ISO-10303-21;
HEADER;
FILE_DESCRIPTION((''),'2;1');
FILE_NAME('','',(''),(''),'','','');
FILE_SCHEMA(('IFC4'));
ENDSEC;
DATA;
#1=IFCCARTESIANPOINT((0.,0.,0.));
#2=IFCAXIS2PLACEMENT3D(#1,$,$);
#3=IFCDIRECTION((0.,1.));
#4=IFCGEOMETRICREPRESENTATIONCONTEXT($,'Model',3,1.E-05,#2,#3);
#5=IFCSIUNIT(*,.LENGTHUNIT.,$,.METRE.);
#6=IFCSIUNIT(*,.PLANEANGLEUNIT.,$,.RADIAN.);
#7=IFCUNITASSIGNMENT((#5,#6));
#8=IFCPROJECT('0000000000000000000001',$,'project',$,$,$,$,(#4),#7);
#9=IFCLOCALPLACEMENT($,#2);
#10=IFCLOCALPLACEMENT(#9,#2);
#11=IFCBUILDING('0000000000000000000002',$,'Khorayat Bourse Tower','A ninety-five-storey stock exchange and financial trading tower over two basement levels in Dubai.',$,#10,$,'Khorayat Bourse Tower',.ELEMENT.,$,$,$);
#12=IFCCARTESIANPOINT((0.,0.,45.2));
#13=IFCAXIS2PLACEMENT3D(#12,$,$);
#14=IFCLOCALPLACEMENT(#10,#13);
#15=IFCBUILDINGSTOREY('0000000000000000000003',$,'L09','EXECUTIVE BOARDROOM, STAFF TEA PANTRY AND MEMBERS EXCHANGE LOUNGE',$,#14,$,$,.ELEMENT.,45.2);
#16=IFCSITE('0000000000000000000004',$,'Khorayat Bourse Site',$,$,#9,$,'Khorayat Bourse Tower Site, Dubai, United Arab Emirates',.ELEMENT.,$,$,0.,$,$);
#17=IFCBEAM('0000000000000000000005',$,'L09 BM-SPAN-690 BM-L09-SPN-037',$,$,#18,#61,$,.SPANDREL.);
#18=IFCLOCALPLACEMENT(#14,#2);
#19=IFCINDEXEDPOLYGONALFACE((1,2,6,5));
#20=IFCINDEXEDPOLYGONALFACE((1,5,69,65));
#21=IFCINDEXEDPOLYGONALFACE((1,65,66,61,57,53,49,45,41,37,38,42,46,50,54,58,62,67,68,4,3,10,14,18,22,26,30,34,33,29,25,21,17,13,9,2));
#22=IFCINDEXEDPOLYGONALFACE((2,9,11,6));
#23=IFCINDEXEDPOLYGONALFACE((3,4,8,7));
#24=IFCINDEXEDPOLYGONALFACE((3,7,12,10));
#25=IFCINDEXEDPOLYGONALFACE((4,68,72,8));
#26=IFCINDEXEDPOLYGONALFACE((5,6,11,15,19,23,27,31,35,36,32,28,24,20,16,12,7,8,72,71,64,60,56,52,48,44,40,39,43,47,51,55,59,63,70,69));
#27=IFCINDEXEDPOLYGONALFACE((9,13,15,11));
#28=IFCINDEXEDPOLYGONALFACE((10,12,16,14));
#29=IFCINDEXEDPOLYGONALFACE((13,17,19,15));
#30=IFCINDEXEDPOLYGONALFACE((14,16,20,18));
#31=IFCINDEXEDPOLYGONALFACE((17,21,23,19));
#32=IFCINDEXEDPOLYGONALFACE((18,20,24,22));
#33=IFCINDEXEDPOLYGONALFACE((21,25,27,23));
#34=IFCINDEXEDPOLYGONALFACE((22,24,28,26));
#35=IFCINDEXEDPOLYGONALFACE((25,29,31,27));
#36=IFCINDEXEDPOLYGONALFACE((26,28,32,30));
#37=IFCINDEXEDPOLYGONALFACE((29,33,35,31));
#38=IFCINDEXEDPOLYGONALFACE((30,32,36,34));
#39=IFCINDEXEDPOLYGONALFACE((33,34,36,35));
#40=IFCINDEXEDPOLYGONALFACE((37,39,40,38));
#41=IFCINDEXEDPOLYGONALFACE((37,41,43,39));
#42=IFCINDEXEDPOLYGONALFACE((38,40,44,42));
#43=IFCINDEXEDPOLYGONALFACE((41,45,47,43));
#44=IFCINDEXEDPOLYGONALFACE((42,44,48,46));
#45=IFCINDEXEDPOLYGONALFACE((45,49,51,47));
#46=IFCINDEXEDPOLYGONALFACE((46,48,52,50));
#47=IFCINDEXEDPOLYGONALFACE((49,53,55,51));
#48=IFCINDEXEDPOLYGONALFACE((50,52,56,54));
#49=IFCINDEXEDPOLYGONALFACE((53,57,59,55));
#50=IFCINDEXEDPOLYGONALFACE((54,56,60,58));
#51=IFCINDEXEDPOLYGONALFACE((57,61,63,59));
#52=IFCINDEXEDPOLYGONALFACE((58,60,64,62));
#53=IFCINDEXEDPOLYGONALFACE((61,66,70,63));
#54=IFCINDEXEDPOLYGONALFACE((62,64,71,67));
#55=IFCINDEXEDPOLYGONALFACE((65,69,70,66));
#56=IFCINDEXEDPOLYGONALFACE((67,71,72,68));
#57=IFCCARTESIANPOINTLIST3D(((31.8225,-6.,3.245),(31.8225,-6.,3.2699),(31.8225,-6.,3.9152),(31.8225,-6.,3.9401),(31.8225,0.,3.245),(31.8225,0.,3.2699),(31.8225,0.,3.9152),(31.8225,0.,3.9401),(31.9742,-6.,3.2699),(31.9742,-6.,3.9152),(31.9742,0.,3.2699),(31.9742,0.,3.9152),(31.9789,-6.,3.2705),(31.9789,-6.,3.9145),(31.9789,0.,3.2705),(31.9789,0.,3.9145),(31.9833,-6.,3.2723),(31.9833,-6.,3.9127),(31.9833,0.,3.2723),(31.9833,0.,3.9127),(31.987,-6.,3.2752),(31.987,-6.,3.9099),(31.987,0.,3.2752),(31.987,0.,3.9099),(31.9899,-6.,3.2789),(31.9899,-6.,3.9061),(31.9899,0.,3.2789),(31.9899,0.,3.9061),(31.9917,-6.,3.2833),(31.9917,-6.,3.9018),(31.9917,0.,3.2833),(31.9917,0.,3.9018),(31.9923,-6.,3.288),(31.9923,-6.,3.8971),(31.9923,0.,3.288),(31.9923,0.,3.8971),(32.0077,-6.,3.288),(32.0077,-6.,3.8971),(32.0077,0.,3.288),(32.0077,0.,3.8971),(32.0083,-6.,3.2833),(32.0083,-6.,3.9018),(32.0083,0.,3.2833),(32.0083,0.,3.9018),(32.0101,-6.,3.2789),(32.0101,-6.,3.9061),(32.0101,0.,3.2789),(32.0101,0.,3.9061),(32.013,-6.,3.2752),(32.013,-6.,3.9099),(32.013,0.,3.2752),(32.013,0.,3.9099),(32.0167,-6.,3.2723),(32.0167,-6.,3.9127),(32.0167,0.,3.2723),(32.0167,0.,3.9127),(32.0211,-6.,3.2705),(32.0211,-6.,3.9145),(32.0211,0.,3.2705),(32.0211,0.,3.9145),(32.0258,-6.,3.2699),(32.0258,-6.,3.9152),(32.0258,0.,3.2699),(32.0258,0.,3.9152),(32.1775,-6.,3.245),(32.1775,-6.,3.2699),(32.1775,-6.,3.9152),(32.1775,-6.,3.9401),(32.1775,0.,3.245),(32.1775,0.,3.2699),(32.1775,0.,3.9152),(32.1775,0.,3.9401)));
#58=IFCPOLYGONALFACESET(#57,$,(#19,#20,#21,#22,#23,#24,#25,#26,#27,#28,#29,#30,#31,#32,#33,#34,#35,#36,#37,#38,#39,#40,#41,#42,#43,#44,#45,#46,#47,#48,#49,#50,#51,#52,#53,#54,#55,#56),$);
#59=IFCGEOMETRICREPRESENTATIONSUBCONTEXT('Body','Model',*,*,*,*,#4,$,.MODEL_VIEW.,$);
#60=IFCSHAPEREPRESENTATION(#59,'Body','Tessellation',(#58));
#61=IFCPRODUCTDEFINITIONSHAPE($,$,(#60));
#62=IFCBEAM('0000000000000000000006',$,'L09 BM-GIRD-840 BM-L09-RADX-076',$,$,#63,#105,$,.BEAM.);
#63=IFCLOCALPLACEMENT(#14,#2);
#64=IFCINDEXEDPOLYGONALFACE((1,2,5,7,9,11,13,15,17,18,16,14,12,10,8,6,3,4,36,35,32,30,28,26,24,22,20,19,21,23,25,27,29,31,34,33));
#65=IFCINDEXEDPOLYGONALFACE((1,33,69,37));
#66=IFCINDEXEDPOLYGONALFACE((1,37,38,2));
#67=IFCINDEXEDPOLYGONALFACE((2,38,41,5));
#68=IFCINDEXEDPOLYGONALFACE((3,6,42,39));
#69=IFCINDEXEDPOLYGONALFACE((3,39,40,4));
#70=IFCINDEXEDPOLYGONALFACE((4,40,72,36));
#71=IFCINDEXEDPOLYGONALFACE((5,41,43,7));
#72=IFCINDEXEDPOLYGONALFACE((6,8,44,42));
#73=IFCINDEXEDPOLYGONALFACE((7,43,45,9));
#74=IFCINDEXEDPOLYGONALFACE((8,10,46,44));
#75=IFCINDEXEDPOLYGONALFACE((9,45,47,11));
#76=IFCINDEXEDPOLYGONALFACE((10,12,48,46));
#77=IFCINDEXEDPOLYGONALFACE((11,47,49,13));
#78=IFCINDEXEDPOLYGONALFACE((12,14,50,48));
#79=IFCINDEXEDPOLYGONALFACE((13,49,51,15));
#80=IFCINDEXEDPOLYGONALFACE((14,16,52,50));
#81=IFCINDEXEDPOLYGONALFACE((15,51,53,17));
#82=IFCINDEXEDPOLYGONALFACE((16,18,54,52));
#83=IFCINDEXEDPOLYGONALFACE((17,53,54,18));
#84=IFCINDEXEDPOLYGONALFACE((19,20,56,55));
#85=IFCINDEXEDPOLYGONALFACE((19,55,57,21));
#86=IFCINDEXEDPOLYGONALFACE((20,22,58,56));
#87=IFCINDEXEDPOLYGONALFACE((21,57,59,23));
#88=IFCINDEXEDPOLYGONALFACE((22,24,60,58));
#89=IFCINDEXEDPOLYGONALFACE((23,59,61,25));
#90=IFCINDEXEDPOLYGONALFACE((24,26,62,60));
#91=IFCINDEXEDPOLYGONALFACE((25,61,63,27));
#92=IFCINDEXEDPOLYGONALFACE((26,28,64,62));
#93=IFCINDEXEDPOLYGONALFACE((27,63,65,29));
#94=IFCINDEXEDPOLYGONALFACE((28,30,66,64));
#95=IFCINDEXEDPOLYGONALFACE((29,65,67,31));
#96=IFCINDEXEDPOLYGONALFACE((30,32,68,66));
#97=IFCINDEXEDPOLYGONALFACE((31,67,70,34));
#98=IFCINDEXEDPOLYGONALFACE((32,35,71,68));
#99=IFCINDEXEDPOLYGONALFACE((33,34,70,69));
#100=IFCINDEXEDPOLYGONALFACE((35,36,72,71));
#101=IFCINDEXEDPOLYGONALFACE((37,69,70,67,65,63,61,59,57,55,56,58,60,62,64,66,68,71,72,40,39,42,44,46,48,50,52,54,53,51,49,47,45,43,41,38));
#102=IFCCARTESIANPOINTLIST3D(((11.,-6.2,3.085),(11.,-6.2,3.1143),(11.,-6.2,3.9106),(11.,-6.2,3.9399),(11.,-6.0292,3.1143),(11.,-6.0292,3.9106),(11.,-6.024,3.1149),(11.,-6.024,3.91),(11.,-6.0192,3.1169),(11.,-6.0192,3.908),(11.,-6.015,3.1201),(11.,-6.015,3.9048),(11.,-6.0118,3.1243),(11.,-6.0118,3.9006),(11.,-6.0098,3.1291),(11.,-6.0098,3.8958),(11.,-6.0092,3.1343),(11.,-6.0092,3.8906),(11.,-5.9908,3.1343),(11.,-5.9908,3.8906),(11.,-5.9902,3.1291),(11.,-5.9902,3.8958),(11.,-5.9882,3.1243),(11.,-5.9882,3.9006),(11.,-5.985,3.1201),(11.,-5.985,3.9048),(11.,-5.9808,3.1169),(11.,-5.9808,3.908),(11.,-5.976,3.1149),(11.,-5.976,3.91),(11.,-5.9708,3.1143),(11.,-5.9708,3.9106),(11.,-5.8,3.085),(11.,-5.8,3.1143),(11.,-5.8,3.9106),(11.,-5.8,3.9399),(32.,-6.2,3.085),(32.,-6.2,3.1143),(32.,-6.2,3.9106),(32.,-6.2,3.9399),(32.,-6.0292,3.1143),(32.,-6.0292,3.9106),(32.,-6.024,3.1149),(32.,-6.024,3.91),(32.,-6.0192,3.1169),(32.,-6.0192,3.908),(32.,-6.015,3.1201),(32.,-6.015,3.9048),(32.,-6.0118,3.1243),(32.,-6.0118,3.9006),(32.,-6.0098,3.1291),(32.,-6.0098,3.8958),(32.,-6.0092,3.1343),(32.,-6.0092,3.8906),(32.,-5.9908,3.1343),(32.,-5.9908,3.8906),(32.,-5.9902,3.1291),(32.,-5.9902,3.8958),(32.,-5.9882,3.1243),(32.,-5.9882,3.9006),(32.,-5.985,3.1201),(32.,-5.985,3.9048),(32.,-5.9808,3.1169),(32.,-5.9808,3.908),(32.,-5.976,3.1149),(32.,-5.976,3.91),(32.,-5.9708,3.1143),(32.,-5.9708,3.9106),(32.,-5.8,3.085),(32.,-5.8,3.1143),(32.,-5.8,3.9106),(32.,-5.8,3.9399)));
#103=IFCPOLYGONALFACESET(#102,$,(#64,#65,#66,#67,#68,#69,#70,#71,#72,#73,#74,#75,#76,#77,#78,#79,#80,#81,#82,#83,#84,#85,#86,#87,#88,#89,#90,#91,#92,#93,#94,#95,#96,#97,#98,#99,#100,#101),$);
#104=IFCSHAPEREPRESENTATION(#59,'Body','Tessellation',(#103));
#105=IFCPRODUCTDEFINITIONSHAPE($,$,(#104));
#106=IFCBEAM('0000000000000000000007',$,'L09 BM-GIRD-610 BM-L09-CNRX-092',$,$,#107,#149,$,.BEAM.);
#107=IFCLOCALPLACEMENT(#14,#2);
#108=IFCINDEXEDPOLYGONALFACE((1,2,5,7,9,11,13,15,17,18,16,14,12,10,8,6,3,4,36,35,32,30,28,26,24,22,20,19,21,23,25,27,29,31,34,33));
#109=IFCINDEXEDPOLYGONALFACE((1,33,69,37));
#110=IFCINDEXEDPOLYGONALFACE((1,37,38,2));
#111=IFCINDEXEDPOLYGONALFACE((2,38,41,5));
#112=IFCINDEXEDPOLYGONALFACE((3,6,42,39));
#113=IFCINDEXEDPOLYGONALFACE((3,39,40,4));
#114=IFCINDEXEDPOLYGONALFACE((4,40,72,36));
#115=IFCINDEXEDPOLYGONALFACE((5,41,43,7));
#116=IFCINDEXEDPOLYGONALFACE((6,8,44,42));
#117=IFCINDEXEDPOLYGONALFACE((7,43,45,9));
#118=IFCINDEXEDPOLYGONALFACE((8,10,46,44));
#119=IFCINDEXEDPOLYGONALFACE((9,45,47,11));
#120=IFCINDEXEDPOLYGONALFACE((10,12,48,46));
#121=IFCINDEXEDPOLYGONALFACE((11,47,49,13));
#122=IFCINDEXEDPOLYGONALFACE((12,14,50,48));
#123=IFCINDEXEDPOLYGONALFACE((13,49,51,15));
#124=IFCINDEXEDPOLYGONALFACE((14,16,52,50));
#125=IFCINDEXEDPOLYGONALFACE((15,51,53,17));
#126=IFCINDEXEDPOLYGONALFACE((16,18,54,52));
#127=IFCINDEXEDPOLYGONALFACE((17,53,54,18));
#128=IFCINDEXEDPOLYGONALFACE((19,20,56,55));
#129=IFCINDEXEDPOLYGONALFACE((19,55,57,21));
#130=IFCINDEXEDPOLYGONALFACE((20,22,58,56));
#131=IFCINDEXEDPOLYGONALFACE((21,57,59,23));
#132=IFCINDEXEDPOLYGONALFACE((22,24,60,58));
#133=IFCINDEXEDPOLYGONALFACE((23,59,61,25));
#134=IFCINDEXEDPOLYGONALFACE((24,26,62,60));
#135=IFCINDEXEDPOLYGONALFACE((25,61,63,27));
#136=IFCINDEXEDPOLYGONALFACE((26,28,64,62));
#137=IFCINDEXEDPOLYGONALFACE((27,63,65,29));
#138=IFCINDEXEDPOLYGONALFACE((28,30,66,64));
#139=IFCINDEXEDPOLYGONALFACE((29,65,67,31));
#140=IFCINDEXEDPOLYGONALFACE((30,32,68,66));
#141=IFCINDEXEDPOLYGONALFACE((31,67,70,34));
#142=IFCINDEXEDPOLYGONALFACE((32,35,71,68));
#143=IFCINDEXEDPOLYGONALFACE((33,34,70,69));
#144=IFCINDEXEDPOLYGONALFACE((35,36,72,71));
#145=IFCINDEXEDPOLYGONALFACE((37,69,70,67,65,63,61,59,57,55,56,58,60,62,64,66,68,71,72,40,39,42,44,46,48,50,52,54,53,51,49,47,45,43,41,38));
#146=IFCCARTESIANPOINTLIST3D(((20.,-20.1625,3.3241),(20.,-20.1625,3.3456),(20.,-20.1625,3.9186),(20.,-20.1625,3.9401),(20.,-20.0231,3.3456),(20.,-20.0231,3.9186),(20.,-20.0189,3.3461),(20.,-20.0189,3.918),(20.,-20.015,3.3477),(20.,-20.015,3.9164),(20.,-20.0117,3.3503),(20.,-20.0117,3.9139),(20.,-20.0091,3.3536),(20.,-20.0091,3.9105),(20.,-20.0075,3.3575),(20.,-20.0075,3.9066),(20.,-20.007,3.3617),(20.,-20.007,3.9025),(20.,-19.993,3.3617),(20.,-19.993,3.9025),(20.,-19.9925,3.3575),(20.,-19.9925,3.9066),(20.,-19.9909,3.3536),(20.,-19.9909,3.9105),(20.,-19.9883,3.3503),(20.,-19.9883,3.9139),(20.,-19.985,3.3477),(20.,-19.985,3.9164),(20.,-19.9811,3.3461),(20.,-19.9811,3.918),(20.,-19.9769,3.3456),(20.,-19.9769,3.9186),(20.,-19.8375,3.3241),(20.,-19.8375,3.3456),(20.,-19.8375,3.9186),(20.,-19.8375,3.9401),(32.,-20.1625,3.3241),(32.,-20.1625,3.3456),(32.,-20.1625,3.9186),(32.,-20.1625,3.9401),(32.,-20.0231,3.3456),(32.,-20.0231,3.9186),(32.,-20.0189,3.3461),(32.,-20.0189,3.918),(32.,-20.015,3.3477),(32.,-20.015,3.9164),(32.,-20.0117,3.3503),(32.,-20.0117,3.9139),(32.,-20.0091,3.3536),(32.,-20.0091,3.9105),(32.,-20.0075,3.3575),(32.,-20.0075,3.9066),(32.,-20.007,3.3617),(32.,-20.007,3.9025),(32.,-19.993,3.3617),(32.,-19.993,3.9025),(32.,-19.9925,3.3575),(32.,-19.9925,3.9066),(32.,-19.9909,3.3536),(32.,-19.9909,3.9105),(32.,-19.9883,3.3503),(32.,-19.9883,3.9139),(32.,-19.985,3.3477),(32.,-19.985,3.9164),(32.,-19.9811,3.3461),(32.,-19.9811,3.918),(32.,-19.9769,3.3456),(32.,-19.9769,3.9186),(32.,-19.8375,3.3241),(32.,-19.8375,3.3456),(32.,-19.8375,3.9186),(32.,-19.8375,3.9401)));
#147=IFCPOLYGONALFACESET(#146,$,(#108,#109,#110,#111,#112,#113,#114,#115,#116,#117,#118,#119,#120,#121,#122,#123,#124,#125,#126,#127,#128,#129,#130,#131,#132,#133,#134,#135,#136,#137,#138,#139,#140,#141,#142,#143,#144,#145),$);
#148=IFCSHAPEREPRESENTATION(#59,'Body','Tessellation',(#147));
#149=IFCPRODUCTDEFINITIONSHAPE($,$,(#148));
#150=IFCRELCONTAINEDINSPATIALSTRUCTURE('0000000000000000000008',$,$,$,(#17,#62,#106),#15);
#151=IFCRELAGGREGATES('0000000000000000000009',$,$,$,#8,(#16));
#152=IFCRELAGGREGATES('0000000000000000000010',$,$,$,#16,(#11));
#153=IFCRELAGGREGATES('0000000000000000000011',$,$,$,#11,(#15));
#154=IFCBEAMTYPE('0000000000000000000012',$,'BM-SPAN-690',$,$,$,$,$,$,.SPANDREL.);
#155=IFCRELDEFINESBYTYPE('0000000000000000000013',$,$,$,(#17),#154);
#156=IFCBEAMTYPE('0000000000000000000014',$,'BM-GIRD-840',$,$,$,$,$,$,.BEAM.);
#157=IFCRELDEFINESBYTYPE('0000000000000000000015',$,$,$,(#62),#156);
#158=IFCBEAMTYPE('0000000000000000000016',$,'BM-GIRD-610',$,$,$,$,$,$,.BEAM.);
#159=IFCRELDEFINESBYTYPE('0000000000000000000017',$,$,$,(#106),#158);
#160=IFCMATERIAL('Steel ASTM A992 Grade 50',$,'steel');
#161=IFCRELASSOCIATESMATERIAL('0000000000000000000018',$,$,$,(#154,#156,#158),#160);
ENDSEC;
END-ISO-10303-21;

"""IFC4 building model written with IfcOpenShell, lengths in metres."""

from ifc_helpers import new_model, si_unit, direction, frame, origin, origin_2d, place, context, subcontext, project, spatial, i_section, extrude, source, transform, mapped, material, material_profile, profile_set, type_object, element, save


model = new_model("IFC4")

# Units and contexts
model_context = context("Model", 3, precision=1e-05, world=origin(), true_north=direction((0.0, 1.0)))
body_context = subcontext(model_context, "Body", "Model", "MODEL_VIEW")
ifc_project = project(units=[si_unit("LENGTHUNIT", "METRE"), si_unit("PLANEANGLEUNIT", "RADIAN")], contexts=[model_context])

# Site, building, storey
site_placement = place(None, origin())
site = spatial("IfcSite", under=ifc_project, at=site_placement, Name="Khorayat Bourse Site", LongName="Khorayat Bourse Tower Site, Dubai, United Arab Emirates", CompositionType="ELEMENT", RefElevation=0.0)
building_placement = place(site_placement, origin())
building = spatial("IfcBuilding", under=site, at=building_placement, Name="Khorayat Bourse Tower", Description="A ninety-five-storey stock exchange and financial trading tower over two basement levels in Dubai.", LongName="Khorayat Bourse Tower", CompositionType="ELEMENT")
storey_placement = place(building_placement, frame((0.0, 0.0, 45.2)))
storey = spatial("IfcBuildingStorey", under=building, at=storey_placement, Name="L09", Description="EXECUTIVE BOARDROOM, STAFF TEA PANTRY AND MEMBERS EXCHANGE LOUNGE", CompositionType="ELEMENT", Elevation=45.2)

# Beams
ifc_material_1 = material(Name="Steel ASTM A992 Grade 50", Category="steel")
ifc_material_profile_1 = material_profile(ifc_material_1, i_section(OverallWidth=0.355, OverallDepth=0.6951, WebThickness=0.0154, FlangeThickness=0.0249, FilletRadius=0.0181, at=origin_2d()), Name="W690X217")
ifc_profile_set_1 = profile_set([ifc_material_profile_1], Name="Steel ASTM A992 Grade 50")
beam_type_1 = type_object("IfcBeamType", Name="BM-SPAN-690", PredefinedType="SPANDREL", material=ifc_profile_set_1)
shared_shape_1 = source(origin(), body_context, "Body", "SweptSolid", [
    extrude(i_section(OverallWidth=0.355, OverallDepth=0.6951, WebThickness=0.0154, FlangeThickness=0.0249, FilletRadius=0.0181, at=origin_2d()), origin(), (0.0, 0.0, 1.0), 6.0),
])
beam_1_placement = place(storey_placement, frame((32.0, -6.0, 3.5925), z_axis=(0.0, 1.0, 0.0), x_axis=(-1.0, 0.0, 0.0)))
element("IfcBeam", 1, at=beam_1_placement, inside=storey, type_object=beam_type_1, Name="L09 BM-SPAN-690 BM-L09-SPN-037", PredefinedType="SPANDREL", context=body_context, shape_type="MappedRepresentation", body=[
    mapped(shared_shape_1, transform((0.0, 0.0, 0.0), scale=1.0)),
])
ifc_material_profile_2 = material_profile(ifc_material_1, i_section(OverallWidth=0.3999, OverallDepth=0.855, WebThickness=0.0183, FlangeThickness=0.0293, FilletRadius=0.02, at=origin_2d()), Name="W840X299")
ifc_profile_set_2 = profile_set([ifc_material_profile_2], Name="Steel ASTM A992 Grade 50")
beam_type_2 = type_object("IfcBeamType", Name="BM-GIRD-840", PredefinedType="BEAM", material=ifc_profile_set_2)
shared_shape_2 = source(origin(), body_context, "Body", "SweptSolid", [
    extrude(i_section(OverallWidth=0.3999, OverallDepth=0.855, WebThickness=0.0183, FlangeThickness=0.0293, FilletRadius=0.02, at=origin_2d()), origin(), (0.0, 0.0, 1.0), 21.0),
])
beam_2_placement = place(storey_placement, frame((11.0, -6.0, 3.5125), z_axis=(1.0, 0.0, 0.0), x_axis=(0.0, 1.0, 0.0)))
element("IfcBeam", 2, at=beam_2_placement, inside=storey, type_object=beam_type_2, Name="L09 BM-GIRD-840 BM-L09-RADX-076", PredefinedType="BEAM", context=body_context, shape_type="MappedRepresentation", body=[
    mapped(shared_shape_2, transform((0.0, 0.0, 0.0), scale=1.0)),
])
ifc_material_profile_3 = material_profile(ifc_material_1, i_section(OverallWidth=0.325, OverallDepth=0.616, WebThickness=0.0139, FlangeThickness=0.0215, FilletRadius=0.0161, at=origin_2d()), Name="W610X174")
ifc_profile_set_3 = profile_set([ifc_material_profile_3], Name="Steel ASTM A992 Grade 50")
beam_type_3 = type_object("IfcBeamType", Name="BM-GIRD-610", PredefinedType="BEAM", material=ifc_profile_set_3)
shared_shape_3 = source(origin(), body_context, "Body", "SweptSolid", [
    extrude(i_section(OverallWidth=0.325, OverallDepth=0.616, WebThickness=0.0139, FlangeThickness=0.0215, FilletRadius=0.0161, at=origin_2d()), origin(), (0.0, 0.0, 1.0), 12.0),
])
beam_3_placement = place(storey_placement, frame((20.0, -20.0, 3.6321), z_axis=(1.0, 0.0, 0.0), x_axis=(0.0, 1.0, 0.0)))
element("IfcBeam", 3, at=beam_3_placement, inside=storey, type_object=beam_type_3, Name="L09 BM-GIRD-610 BM-L09-CNRX-092", PredefinedType="BEAM", context=body_context, shape_type="MappedRepresentation", body=[
    mapped(shared_shape_3, transform((0.0, 0.0, 0.0), scale=1.0)),
])

save(model, "model.ifc")
